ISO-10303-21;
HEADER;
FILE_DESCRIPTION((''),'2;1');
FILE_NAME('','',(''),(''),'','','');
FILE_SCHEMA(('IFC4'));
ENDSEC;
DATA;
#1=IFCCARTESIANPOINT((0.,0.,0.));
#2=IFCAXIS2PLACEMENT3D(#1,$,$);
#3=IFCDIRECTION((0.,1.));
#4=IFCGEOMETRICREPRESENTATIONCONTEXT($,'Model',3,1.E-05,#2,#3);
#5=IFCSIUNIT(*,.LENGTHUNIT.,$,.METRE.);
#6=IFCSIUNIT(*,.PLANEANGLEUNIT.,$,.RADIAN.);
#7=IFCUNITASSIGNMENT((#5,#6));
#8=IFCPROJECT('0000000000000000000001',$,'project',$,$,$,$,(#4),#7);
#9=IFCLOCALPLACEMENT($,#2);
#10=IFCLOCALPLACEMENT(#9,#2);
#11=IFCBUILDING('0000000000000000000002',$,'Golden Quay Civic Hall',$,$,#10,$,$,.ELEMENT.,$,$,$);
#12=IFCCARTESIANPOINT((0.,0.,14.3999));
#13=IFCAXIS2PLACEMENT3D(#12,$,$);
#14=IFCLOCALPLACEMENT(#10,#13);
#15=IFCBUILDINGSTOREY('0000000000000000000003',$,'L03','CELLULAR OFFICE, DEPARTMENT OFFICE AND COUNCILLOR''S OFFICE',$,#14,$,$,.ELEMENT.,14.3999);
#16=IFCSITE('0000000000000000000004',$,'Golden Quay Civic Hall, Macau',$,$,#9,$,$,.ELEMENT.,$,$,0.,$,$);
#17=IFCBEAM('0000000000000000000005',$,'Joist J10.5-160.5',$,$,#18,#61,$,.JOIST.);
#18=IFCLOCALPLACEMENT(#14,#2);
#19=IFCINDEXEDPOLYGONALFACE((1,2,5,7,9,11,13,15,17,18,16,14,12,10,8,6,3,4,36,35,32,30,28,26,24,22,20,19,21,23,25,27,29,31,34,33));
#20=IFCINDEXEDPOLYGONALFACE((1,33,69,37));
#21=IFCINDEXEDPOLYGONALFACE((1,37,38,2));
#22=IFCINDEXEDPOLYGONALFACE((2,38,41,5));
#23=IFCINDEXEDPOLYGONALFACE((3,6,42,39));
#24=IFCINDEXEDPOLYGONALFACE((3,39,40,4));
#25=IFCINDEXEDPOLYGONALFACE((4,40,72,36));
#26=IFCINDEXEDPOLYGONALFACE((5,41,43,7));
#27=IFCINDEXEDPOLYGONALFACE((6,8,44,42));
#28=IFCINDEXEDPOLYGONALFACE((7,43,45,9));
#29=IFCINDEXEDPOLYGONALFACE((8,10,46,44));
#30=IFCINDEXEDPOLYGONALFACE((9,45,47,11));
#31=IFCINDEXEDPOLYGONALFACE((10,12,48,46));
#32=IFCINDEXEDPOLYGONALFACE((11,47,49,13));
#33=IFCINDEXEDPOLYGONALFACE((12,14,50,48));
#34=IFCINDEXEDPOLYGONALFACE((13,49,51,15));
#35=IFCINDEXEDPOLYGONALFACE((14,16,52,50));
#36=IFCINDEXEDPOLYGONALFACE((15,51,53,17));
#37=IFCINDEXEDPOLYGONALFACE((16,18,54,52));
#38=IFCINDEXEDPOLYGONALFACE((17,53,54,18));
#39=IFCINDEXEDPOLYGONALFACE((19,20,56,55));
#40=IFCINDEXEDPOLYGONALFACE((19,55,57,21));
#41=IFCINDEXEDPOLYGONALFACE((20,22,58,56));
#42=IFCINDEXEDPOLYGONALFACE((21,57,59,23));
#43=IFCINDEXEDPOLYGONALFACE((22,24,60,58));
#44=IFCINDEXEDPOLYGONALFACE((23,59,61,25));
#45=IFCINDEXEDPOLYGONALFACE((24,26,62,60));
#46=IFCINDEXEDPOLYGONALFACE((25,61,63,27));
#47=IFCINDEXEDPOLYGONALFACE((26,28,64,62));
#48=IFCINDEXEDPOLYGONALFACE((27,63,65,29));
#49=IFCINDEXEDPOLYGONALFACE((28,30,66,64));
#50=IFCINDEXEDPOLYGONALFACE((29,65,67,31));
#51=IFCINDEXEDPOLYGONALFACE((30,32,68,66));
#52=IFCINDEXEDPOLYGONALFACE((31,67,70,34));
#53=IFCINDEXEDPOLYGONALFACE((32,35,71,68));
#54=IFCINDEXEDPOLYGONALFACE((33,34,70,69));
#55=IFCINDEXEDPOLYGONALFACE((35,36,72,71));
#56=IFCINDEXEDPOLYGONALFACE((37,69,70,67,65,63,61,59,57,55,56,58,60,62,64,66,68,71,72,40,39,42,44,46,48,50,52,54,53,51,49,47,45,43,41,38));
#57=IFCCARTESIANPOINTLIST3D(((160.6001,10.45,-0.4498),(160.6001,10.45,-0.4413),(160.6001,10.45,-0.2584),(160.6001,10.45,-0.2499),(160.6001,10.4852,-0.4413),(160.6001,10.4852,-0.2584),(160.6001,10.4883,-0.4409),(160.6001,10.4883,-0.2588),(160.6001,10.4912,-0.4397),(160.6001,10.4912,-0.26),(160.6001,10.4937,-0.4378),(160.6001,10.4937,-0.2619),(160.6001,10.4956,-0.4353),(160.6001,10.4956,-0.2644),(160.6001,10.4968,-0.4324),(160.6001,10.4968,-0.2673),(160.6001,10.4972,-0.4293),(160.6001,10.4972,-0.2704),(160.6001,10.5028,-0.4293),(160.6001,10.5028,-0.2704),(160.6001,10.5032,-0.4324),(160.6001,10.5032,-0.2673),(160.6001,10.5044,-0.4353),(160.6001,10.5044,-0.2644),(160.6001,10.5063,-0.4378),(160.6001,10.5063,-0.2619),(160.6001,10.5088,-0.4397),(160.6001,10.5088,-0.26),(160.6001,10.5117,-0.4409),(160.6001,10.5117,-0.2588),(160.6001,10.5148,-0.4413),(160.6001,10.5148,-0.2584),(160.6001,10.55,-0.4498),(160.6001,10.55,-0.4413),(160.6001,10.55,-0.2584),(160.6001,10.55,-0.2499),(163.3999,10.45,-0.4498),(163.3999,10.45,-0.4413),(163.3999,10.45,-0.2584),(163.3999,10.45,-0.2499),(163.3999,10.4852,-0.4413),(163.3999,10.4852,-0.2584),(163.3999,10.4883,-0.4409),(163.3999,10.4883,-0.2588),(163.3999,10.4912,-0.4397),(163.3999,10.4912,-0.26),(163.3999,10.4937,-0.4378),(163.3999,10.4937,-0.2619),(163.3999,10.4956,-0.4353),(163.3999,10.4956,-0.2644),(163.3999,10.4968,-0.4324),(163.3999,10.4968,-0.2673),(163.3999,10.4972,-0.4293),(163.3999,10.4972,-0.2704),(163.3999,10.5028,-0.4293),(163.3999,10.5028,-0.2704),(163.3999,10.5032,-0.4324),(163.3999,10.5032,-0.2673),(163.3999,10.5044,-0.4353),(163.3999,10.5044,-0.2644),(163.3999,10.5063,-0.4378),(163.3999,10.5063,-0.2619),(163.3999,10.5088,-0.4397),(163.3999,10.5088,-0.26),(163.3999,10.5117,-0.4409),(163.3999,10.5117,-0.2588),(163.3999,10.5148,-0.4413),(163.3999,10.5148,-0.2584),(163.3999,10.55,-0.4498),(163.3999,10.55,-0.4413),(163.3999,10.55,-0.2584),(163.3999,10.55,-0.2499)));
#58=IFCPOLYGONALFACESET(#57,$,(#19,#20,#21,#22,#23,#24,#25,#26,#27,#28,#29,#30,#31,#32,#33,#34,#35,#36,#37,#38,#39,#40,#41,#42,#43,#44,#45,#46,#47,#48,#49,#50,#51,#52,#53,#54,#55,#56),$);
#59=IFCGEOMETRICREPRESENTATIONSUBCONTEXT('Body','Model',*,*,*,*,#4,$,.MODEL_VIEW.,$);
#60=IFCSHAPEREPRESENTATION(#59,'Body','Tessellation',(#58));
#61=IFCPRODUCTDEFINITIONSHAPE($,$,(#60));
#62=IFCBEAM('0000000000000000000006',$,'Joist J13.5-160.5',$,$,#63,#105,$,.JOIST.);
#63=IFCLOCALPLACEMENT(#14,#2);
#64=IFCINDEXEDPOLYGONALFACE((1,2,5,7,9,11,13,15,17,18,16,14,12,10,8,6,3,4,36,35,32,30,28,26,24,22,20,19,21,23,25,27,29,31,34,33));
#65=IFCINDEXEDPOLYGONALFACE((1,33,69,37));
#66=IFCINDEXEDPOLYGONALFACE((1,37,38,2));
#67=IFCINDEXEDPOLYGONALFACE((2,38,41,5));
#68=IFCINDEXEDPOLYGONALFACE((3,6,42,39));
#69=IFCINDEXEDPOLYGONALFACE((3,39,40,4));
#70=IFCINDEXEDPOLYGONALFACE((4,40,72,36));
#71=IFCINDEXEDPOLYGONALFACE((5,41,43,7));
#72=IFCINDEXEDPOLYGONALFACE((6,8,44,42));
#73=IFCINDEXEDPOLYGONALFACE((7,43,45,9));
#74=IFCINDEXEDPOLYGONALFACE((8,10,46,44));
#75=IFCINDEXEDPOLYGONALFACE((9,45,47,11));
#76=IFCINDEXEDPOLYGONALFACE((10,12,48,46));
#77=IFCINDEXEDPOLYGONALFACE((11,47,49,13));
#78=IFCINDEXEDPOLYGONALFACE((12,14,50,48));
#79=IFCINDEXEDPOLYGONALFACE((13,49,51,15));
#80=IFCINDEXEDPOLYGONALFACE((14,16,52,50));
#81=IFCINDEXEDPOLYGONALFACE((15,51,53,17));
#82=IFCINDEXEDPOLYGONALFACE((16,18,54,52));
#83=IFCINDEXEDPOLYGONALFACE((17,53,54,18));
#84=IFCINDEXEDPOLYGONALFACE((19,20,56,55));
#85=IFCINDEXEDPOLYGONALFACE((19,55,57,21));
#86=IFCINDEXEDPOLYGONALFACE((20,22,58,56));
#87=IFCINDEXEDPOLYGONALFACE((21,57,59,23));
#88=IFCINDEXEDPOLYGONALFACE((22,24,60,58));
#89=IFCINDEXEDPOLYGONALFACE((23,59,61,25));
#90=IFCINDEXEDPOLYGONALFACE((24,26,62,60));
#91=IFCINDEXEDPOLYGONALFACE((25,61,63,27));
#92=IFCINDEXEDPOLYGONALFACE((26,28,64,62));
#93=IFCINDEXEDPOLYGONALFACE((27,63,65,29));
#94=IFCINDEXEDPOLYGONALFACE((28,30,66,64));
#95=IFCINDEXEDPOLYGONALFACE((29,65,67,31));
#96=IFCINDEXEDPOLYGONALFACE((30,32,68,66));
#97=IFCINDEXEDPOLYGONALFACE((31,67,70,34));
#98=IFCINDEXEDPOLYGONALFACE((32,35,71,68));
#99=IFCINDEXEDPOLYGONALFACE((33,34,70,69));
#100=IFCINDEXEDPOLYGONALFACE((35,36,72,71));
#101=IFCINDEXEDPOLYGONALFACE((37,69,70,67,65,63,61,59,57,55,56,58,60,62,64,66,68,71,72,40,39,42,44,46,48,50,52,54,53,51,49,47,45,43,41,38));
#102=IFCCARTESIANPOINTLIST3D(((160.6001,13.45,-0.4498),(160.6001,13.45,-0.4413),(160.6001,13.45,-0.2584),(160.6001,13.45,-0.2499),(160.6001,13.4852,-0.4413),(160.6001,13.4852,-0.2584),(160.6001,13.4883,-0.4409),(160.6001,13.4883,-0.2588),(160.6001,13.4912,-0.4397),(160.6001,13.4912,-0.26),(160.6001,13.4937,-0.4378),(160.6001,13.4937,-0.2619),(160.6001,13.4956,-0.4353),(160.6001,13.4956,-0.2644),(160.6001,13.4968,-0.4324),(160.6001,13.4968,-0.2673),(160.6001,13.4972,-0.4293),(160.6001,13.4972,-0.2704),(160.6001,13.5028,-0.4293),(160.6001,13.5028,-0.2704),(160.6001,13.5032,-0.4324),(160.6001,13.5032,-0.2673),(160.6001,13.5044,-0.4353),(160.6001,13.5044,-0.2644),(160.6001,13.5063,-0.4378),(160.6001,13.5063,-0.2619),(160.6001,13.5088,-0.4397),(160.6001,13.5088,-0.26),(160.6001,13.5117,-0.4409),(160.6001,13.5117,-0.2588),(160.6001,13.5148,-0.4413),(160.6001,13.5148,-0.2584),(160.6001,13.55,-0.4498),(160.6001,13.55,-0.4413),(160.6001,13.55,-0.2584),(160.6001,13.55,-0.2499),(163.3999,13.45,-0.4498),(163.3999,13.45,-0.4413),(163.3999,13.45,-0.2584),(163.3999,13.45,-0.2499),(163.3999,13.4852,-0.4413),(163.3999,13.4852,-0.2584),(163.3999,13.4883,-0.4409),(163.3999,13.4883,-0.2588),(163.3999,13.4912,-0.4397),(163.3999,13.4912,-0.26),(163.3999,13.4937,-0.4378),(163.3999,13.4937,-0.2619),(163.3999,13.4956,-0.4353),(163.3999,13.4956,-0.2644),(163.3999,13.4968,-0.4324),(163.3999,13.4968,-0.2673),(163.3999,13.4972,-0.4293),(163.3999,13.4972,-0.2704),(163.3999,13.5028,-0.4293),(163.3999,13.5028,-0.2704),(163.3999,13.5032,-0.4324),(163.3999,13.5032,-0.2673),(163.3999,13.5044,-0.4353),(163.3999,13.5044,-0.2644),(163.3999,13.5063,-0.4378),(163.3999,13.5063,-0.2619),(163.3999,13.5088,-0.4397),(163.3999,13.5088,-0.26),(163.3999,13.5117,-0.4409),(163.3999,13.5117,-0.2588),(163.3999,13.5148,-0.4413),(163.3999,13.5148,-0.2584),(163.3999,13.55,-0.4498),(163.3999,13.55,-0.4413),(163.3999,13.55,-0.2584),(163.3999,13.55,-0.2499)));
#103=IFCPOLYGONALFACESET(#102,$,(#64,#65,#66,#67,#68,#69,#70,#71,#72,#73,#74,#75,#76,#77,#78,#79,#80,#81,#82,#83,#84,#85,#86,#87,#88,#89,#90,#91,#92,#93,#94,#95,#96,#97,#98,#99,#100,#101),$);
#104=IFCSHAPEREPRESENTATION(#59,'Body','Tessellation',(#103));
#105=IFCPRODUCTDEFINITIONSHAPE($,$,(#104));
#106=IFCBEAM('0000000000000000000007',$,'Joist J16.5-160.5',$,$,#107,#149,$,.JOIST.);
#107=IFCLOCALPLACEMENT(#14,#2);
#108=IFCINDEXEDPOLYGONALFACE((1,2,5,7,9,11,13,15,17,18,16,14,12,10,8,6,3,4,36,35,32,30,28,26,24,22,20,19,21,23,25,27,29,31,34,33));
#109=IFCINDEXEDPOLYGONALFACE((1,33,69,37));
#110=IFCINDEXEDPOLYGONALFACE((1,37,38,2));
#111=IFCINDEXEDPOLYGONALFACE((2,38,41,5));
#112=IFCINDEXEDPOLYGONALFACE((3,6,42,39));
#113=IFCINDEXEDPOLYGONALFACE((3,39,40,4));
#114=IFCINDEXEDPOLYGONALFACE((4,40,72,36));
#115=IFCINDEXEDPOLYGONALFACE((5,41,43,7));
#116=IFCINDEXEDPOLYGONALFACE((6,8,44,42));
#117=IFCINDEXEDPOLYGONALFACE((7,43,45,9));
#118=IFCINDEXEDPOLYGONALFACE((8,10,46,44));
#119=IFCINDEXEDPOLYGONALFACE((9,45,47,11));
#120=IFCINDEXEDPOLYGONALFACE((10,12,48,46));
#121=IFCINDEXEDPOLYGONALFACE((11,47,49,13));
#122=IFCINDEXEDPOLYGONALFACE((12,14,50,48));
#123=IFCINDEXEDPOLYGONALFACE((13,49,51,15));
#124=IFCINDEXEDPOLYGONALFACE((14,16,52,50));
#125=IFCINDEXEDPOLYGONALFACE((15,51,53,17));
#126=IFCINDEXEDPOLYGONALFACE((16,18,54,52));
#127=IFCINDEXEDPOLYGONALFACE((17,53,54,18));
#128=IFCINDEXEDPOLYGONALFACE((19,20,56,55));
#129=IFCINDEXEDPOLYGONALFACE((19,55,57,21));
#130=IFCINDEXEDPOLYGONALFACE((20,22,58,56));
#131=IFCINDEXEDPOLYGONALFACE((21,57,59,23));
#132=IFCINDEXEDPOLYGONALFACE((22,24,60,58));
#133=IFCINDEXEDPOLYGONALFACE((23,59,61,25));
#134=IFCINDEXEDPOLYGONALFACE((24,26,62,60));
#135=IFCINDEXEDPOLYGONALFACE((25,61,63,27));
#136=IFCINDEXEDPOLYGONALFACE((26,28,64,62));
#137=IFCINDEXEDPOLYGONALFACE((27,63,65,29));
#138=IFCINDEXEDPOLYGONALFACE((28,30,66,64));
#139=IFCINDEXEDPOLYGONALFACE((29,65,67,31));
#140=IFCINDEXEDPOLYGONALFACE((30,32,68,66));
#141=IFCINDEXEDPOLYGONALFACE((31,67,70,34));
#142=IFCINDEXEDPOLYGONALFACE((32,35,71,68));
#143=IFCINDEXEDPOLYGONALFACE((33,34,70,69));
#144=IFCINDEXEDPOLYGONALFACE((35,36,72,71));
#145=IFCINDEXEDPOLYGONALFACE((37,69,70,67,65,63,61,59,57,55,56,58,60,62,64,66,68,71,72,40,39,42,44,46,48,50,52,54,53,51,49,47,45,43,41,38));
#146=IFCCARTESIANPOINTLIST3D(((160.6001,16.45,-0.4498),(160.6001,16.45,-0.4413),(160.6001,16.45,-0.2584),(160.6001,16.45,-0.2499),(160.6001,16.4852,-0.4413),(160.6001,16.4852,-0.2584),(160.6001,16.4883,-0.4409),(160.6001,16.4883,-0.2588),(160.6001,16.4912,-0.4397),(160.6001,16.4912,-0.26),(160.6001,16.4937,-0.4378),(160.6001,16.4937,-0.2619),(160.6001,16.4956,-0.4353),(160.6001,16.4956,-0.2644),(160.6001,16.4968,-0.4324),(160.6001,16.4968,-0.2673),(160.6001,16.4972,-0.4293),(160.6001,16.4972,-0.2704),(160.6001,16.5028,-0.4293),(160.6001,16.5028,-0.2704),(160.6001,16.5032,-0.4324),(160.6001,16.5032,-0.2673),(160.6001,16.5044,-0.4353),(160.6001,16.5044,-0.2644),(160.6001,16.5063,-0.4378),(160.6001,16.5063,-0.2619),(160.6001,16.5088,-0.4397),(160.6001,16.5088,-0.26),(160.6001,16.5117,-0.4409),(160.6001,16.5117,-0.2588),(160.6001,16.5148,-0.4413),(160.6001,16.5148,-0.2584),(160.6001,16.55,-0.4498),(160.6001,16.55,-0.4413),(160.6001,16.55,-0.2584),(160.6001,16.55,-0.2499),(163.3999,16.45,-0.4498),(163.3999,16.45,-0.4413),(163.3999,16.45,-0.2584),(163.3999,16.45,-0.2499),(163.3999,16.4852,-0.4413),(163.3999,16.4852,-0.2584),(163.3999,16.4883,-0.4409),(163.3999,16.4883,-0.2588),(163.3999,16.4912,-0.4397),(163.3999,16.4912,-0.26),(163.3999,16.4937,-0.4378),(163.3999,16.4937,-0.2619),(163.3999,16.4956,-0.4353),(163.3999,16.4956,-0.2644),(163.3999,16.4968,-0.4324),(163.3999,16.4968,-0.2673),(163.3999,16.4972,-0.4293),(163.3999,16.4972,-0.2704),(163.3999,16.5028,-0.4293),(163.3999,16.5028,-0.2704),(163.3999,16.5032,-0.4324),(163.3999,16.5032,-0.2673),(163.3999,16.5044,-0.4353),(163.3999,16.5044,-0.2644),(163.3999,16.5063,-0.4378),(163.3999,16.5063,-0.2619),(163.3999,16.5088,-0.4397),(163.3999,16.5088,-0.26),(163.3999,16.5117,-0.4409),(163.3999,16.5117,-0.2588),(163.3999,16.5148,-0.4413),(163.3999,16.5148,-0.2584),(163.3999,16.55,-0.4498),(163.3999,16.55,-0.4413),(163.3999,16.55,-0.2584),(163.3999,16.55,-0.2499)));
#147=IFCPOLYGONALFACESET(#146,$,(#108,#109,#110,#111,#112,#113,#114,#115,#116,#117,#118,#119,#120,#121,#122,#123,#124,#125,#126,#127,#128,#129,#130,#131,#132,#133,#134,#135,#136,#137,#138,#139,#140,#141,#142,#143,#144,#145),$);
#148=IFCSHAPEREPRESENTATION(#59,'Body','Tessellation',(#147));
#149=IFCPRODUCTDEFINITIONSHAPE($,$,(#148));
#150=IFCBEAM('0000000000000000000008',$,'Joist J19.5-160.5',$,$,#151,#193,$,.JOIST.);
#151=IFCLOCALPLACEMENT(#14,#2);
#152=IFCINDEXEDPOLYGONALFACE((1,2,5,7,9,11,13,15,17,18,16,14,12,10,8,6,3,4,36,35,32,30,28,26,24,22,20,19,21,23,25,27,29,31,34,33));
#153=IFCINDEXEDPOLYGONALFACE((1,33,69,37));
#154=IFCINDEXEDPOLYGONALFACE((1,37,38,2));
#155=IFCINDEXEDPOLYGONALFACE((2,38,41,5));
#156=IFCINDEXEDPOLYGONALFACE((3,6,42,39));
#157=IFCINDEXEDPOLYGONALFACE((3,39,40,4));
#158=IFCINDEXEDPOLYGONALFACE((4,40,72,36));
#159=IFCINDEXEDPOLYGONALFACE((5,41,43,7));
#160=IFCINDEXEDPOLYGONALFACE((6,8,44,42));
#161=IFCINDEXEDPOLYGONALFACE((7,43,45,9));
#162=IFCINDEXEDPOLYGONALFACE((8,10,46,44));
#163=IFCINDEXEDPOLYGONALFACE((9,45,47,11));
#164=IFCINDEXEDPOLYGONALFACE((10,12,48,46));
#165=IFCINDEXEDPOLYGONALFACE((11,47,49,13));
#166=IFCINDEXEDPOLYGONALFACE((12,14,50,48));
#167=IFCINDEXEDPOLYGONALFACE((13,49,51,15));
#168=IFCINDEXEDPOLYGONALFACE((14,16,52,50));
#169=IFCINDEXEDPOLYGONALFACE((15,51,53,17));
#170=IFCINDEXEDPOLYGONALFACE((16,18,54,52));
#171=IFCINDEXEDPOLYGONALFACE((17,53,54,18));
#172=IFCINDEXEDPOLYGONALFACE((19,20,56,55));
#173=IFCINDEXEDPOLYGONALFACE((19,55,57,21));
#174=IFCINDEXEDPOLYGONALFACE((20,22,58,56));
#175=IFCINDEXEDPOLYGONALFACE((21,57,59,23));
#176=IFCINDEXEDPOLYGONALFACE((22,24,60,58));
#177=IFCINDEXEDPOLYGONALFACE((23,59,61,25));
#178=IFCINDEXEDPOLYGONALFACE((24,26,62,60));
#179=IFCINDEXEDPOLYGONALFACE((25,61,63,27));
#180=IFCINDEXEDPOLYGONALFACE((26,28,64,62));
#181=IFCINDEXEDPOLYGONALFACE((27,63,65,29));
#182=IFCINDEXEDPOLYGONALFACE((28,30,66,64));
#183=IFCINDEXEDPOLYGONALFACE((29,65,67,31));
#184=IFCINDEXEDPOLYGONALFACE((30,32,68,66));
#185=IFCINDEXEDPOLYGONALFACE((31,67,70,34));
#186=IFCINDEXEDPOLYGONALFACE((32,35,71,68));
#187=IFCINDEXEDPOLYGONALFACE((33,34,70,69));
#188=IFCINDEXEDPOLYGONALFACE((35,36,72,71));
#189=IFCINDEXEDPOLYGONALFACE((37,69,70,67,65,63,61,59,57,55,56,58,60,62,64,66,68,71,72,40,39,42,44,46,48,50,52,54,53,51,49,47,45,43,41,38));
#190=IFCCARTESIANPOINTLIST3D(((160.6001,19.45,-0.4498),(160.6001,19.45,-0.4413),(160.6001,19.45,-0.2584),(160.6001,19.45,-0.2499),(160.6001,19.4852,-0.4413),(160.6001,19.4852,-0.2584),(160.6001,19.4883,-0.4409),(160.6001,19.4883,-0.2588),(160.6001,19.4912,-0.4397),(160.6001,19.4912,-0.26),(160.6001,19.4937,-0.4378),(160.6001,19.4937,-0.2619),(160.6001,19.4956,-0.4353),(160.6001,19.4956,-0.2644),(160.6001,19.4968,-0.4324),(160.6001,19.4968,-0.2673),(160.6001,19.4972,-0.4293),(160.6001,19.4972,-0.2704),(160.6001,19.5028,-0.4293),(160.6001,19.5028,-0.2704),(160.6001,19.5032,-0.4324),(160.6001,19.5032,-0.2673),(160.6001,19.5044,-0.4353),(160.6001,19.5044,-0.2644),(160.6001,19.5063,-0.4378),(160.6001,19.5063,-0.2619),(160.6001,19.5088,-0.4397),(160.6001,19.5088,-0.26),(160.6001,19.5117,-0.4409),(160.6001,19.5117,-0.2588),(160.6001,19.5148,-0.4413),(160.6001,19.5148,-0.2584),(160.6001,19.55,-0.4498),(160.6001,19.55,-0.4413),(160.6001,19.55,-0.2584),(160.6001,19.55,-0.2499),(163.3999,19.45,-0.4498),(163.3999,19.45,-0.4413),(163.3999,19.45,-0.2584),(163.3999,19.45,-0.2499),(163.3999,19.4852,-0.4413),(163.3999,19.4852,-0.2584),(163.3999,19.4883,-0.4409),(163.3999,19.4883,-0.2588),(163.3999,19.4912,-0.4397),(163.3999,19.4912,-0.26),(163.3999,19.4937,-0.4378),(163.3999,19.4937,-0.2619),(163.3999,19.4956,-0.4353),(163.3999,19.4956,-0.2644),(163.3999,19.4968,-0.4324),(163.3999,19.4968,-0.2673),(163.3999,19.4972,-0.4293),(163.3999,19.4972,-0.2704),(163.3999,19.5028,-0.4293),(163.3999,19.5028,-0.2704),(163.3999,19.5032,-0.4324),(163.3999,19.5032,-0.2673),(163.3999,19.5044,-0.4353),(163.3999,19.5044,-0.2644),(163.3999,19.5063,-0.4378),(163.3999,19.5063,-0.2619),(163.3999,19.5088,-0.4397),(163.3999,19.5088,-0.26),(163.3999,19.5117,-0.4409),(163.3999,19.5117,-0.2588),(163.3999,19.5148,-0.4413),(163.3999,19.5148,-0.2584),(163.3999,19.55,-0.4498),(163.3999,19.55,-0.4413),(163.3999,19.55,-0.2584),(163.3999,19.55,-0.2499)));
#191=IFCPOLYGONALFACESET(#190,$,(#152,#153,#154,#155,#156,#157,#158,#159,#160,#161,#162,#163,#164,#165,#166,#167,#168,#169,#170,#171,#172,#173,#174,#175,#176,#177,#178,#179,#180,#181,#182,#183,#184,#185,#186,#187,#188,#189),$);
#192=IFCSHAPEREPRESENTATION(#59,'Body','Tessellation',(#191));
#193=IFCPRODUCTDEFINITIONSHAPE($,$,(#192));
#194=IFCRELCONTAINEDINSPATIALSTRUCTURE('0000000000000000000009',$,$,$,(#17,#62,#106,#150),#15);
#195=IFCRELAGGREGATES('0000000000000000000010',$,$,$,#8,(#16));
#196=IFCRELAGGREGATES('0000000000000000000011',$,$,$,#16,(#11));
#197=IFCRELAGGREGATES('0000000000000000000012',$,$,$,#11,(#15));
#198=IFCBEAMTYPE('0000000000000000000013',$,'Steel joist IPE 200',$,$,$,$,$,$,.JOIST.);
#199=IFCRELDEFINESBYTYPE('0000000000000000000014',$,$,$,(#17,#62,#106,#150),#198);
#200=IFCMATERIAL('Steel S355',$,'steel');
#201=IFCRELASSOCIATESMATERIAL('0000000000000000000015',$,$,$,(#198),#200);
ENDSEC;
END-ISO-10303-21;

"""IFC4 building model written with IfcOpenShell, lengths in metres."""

from ifc_helpers import new_model, si_unit, direction, frame, origin, origin_2d, place, context, subcontext, project, spatial, i_section, extrude, material, material_profile, profile_set, type_object, element, save


model = new_model("IFC4")

# Units and contexts
model_context = context("Model", 3, precision=1e-05, world=origin(), true_north=direction((0.0, 1.0)))
body_context = subcontext(model_context, "Body", "Model", "MODEL_VIEW")
ifc_project = project(units=[si_unit("LENGTHUNIT", "METRE"), si_unit("PLANEANGLEUNIT", "RADIAN")], contexts=[model_context])

# Site, building, storey
site_placement = place(None, origin())
site = spatial("IfcSite", under=ifc_project, at=site_placement, Name="Golden Quay Civic Hall, Macau", CompositionType="ELEMENT", RefElevation=0.0)
building_placement = place(site_placement, origin())
building = spatial("IfcBuilding", under=site, at=building_placement, Name="Golden Quay Civic Hall", CompositionType="ELEMENT")
storey_placement = place(building_placement, frame((0.0, 0.0, 14.3999)))
storey = spatial("IfcBuildingStorey", under=building, at=storey_placement, Name="L03", Description="CELLULAR OFFICE, DEPARTMENT OFFICE AND COUNCILLOR'S OFFICE", CompositionType="ELEMENT", Elevation=14.3999)

# Beams
ifc_material_1 = material(Name="Steel S355", Category="steel")
ifc_material_profile_1 = material_profile(ifc_material_1, i_section(OverallWidth=0.1001, OverallDepth=0.2, WebThickness=0.0056, FlangeThickness=0.0085, FilletRadius=0.012, at=origin_2d()), Name="IPE 200")
ifc_profile_set_1 = profile_set([ifc_material_profile_1], Name="Steel S355")
beam_type_1 = type_object("IfcBeamType", Name="Steel joist IPE 200", PredefinedType="JOIST", material=ifc_profile_set_1)
for number, where, z_axis, x_axis, name in (
    (1, (160.6001, 10.5, -0.3499), (1.0, 0.0, 0.0), (0.0, 1.0, 0.0), "Joist J10.5-160.5"),
    (2, (160.6001, 13.5, -0.3499), (1.0, 0.0, 0.0), (0.0, 1.0, 0.0), "Joist J13.5-160.5"),
    (3, (160.6001, 16.5, -0.3499), (1.0, 0.0, 0.0), (0.0, 1.0, 0.0), "Joist J16.5-160.5"),
    (4, (160.6001, 19.5, -0.3499), (1.0, 0.0, 0.0), (0.0, 1.0, 0.0), "Joist J19.5-160.5"),
):
    element("IfcBeam", number, at=place(storey_placement, frame(where, z_axis=z_axis, x_axis=x_axis)), inside=storey, type_object=beam_type_1, Name=name, PredefinedType="JOIST", context=body_context, shape_type="SweptSolid", body=[
        extrude(i_section(OverallWidth=0.1001, OverallDepth=0.2, WebThickness=0.0056, FlangeThickness=0.0085, FilletRadius=0.012, at=origin_2d()), origin(), (0.0, 0.0, 1.0), 2.7998),
    ])

save(model, "model.ifc")
